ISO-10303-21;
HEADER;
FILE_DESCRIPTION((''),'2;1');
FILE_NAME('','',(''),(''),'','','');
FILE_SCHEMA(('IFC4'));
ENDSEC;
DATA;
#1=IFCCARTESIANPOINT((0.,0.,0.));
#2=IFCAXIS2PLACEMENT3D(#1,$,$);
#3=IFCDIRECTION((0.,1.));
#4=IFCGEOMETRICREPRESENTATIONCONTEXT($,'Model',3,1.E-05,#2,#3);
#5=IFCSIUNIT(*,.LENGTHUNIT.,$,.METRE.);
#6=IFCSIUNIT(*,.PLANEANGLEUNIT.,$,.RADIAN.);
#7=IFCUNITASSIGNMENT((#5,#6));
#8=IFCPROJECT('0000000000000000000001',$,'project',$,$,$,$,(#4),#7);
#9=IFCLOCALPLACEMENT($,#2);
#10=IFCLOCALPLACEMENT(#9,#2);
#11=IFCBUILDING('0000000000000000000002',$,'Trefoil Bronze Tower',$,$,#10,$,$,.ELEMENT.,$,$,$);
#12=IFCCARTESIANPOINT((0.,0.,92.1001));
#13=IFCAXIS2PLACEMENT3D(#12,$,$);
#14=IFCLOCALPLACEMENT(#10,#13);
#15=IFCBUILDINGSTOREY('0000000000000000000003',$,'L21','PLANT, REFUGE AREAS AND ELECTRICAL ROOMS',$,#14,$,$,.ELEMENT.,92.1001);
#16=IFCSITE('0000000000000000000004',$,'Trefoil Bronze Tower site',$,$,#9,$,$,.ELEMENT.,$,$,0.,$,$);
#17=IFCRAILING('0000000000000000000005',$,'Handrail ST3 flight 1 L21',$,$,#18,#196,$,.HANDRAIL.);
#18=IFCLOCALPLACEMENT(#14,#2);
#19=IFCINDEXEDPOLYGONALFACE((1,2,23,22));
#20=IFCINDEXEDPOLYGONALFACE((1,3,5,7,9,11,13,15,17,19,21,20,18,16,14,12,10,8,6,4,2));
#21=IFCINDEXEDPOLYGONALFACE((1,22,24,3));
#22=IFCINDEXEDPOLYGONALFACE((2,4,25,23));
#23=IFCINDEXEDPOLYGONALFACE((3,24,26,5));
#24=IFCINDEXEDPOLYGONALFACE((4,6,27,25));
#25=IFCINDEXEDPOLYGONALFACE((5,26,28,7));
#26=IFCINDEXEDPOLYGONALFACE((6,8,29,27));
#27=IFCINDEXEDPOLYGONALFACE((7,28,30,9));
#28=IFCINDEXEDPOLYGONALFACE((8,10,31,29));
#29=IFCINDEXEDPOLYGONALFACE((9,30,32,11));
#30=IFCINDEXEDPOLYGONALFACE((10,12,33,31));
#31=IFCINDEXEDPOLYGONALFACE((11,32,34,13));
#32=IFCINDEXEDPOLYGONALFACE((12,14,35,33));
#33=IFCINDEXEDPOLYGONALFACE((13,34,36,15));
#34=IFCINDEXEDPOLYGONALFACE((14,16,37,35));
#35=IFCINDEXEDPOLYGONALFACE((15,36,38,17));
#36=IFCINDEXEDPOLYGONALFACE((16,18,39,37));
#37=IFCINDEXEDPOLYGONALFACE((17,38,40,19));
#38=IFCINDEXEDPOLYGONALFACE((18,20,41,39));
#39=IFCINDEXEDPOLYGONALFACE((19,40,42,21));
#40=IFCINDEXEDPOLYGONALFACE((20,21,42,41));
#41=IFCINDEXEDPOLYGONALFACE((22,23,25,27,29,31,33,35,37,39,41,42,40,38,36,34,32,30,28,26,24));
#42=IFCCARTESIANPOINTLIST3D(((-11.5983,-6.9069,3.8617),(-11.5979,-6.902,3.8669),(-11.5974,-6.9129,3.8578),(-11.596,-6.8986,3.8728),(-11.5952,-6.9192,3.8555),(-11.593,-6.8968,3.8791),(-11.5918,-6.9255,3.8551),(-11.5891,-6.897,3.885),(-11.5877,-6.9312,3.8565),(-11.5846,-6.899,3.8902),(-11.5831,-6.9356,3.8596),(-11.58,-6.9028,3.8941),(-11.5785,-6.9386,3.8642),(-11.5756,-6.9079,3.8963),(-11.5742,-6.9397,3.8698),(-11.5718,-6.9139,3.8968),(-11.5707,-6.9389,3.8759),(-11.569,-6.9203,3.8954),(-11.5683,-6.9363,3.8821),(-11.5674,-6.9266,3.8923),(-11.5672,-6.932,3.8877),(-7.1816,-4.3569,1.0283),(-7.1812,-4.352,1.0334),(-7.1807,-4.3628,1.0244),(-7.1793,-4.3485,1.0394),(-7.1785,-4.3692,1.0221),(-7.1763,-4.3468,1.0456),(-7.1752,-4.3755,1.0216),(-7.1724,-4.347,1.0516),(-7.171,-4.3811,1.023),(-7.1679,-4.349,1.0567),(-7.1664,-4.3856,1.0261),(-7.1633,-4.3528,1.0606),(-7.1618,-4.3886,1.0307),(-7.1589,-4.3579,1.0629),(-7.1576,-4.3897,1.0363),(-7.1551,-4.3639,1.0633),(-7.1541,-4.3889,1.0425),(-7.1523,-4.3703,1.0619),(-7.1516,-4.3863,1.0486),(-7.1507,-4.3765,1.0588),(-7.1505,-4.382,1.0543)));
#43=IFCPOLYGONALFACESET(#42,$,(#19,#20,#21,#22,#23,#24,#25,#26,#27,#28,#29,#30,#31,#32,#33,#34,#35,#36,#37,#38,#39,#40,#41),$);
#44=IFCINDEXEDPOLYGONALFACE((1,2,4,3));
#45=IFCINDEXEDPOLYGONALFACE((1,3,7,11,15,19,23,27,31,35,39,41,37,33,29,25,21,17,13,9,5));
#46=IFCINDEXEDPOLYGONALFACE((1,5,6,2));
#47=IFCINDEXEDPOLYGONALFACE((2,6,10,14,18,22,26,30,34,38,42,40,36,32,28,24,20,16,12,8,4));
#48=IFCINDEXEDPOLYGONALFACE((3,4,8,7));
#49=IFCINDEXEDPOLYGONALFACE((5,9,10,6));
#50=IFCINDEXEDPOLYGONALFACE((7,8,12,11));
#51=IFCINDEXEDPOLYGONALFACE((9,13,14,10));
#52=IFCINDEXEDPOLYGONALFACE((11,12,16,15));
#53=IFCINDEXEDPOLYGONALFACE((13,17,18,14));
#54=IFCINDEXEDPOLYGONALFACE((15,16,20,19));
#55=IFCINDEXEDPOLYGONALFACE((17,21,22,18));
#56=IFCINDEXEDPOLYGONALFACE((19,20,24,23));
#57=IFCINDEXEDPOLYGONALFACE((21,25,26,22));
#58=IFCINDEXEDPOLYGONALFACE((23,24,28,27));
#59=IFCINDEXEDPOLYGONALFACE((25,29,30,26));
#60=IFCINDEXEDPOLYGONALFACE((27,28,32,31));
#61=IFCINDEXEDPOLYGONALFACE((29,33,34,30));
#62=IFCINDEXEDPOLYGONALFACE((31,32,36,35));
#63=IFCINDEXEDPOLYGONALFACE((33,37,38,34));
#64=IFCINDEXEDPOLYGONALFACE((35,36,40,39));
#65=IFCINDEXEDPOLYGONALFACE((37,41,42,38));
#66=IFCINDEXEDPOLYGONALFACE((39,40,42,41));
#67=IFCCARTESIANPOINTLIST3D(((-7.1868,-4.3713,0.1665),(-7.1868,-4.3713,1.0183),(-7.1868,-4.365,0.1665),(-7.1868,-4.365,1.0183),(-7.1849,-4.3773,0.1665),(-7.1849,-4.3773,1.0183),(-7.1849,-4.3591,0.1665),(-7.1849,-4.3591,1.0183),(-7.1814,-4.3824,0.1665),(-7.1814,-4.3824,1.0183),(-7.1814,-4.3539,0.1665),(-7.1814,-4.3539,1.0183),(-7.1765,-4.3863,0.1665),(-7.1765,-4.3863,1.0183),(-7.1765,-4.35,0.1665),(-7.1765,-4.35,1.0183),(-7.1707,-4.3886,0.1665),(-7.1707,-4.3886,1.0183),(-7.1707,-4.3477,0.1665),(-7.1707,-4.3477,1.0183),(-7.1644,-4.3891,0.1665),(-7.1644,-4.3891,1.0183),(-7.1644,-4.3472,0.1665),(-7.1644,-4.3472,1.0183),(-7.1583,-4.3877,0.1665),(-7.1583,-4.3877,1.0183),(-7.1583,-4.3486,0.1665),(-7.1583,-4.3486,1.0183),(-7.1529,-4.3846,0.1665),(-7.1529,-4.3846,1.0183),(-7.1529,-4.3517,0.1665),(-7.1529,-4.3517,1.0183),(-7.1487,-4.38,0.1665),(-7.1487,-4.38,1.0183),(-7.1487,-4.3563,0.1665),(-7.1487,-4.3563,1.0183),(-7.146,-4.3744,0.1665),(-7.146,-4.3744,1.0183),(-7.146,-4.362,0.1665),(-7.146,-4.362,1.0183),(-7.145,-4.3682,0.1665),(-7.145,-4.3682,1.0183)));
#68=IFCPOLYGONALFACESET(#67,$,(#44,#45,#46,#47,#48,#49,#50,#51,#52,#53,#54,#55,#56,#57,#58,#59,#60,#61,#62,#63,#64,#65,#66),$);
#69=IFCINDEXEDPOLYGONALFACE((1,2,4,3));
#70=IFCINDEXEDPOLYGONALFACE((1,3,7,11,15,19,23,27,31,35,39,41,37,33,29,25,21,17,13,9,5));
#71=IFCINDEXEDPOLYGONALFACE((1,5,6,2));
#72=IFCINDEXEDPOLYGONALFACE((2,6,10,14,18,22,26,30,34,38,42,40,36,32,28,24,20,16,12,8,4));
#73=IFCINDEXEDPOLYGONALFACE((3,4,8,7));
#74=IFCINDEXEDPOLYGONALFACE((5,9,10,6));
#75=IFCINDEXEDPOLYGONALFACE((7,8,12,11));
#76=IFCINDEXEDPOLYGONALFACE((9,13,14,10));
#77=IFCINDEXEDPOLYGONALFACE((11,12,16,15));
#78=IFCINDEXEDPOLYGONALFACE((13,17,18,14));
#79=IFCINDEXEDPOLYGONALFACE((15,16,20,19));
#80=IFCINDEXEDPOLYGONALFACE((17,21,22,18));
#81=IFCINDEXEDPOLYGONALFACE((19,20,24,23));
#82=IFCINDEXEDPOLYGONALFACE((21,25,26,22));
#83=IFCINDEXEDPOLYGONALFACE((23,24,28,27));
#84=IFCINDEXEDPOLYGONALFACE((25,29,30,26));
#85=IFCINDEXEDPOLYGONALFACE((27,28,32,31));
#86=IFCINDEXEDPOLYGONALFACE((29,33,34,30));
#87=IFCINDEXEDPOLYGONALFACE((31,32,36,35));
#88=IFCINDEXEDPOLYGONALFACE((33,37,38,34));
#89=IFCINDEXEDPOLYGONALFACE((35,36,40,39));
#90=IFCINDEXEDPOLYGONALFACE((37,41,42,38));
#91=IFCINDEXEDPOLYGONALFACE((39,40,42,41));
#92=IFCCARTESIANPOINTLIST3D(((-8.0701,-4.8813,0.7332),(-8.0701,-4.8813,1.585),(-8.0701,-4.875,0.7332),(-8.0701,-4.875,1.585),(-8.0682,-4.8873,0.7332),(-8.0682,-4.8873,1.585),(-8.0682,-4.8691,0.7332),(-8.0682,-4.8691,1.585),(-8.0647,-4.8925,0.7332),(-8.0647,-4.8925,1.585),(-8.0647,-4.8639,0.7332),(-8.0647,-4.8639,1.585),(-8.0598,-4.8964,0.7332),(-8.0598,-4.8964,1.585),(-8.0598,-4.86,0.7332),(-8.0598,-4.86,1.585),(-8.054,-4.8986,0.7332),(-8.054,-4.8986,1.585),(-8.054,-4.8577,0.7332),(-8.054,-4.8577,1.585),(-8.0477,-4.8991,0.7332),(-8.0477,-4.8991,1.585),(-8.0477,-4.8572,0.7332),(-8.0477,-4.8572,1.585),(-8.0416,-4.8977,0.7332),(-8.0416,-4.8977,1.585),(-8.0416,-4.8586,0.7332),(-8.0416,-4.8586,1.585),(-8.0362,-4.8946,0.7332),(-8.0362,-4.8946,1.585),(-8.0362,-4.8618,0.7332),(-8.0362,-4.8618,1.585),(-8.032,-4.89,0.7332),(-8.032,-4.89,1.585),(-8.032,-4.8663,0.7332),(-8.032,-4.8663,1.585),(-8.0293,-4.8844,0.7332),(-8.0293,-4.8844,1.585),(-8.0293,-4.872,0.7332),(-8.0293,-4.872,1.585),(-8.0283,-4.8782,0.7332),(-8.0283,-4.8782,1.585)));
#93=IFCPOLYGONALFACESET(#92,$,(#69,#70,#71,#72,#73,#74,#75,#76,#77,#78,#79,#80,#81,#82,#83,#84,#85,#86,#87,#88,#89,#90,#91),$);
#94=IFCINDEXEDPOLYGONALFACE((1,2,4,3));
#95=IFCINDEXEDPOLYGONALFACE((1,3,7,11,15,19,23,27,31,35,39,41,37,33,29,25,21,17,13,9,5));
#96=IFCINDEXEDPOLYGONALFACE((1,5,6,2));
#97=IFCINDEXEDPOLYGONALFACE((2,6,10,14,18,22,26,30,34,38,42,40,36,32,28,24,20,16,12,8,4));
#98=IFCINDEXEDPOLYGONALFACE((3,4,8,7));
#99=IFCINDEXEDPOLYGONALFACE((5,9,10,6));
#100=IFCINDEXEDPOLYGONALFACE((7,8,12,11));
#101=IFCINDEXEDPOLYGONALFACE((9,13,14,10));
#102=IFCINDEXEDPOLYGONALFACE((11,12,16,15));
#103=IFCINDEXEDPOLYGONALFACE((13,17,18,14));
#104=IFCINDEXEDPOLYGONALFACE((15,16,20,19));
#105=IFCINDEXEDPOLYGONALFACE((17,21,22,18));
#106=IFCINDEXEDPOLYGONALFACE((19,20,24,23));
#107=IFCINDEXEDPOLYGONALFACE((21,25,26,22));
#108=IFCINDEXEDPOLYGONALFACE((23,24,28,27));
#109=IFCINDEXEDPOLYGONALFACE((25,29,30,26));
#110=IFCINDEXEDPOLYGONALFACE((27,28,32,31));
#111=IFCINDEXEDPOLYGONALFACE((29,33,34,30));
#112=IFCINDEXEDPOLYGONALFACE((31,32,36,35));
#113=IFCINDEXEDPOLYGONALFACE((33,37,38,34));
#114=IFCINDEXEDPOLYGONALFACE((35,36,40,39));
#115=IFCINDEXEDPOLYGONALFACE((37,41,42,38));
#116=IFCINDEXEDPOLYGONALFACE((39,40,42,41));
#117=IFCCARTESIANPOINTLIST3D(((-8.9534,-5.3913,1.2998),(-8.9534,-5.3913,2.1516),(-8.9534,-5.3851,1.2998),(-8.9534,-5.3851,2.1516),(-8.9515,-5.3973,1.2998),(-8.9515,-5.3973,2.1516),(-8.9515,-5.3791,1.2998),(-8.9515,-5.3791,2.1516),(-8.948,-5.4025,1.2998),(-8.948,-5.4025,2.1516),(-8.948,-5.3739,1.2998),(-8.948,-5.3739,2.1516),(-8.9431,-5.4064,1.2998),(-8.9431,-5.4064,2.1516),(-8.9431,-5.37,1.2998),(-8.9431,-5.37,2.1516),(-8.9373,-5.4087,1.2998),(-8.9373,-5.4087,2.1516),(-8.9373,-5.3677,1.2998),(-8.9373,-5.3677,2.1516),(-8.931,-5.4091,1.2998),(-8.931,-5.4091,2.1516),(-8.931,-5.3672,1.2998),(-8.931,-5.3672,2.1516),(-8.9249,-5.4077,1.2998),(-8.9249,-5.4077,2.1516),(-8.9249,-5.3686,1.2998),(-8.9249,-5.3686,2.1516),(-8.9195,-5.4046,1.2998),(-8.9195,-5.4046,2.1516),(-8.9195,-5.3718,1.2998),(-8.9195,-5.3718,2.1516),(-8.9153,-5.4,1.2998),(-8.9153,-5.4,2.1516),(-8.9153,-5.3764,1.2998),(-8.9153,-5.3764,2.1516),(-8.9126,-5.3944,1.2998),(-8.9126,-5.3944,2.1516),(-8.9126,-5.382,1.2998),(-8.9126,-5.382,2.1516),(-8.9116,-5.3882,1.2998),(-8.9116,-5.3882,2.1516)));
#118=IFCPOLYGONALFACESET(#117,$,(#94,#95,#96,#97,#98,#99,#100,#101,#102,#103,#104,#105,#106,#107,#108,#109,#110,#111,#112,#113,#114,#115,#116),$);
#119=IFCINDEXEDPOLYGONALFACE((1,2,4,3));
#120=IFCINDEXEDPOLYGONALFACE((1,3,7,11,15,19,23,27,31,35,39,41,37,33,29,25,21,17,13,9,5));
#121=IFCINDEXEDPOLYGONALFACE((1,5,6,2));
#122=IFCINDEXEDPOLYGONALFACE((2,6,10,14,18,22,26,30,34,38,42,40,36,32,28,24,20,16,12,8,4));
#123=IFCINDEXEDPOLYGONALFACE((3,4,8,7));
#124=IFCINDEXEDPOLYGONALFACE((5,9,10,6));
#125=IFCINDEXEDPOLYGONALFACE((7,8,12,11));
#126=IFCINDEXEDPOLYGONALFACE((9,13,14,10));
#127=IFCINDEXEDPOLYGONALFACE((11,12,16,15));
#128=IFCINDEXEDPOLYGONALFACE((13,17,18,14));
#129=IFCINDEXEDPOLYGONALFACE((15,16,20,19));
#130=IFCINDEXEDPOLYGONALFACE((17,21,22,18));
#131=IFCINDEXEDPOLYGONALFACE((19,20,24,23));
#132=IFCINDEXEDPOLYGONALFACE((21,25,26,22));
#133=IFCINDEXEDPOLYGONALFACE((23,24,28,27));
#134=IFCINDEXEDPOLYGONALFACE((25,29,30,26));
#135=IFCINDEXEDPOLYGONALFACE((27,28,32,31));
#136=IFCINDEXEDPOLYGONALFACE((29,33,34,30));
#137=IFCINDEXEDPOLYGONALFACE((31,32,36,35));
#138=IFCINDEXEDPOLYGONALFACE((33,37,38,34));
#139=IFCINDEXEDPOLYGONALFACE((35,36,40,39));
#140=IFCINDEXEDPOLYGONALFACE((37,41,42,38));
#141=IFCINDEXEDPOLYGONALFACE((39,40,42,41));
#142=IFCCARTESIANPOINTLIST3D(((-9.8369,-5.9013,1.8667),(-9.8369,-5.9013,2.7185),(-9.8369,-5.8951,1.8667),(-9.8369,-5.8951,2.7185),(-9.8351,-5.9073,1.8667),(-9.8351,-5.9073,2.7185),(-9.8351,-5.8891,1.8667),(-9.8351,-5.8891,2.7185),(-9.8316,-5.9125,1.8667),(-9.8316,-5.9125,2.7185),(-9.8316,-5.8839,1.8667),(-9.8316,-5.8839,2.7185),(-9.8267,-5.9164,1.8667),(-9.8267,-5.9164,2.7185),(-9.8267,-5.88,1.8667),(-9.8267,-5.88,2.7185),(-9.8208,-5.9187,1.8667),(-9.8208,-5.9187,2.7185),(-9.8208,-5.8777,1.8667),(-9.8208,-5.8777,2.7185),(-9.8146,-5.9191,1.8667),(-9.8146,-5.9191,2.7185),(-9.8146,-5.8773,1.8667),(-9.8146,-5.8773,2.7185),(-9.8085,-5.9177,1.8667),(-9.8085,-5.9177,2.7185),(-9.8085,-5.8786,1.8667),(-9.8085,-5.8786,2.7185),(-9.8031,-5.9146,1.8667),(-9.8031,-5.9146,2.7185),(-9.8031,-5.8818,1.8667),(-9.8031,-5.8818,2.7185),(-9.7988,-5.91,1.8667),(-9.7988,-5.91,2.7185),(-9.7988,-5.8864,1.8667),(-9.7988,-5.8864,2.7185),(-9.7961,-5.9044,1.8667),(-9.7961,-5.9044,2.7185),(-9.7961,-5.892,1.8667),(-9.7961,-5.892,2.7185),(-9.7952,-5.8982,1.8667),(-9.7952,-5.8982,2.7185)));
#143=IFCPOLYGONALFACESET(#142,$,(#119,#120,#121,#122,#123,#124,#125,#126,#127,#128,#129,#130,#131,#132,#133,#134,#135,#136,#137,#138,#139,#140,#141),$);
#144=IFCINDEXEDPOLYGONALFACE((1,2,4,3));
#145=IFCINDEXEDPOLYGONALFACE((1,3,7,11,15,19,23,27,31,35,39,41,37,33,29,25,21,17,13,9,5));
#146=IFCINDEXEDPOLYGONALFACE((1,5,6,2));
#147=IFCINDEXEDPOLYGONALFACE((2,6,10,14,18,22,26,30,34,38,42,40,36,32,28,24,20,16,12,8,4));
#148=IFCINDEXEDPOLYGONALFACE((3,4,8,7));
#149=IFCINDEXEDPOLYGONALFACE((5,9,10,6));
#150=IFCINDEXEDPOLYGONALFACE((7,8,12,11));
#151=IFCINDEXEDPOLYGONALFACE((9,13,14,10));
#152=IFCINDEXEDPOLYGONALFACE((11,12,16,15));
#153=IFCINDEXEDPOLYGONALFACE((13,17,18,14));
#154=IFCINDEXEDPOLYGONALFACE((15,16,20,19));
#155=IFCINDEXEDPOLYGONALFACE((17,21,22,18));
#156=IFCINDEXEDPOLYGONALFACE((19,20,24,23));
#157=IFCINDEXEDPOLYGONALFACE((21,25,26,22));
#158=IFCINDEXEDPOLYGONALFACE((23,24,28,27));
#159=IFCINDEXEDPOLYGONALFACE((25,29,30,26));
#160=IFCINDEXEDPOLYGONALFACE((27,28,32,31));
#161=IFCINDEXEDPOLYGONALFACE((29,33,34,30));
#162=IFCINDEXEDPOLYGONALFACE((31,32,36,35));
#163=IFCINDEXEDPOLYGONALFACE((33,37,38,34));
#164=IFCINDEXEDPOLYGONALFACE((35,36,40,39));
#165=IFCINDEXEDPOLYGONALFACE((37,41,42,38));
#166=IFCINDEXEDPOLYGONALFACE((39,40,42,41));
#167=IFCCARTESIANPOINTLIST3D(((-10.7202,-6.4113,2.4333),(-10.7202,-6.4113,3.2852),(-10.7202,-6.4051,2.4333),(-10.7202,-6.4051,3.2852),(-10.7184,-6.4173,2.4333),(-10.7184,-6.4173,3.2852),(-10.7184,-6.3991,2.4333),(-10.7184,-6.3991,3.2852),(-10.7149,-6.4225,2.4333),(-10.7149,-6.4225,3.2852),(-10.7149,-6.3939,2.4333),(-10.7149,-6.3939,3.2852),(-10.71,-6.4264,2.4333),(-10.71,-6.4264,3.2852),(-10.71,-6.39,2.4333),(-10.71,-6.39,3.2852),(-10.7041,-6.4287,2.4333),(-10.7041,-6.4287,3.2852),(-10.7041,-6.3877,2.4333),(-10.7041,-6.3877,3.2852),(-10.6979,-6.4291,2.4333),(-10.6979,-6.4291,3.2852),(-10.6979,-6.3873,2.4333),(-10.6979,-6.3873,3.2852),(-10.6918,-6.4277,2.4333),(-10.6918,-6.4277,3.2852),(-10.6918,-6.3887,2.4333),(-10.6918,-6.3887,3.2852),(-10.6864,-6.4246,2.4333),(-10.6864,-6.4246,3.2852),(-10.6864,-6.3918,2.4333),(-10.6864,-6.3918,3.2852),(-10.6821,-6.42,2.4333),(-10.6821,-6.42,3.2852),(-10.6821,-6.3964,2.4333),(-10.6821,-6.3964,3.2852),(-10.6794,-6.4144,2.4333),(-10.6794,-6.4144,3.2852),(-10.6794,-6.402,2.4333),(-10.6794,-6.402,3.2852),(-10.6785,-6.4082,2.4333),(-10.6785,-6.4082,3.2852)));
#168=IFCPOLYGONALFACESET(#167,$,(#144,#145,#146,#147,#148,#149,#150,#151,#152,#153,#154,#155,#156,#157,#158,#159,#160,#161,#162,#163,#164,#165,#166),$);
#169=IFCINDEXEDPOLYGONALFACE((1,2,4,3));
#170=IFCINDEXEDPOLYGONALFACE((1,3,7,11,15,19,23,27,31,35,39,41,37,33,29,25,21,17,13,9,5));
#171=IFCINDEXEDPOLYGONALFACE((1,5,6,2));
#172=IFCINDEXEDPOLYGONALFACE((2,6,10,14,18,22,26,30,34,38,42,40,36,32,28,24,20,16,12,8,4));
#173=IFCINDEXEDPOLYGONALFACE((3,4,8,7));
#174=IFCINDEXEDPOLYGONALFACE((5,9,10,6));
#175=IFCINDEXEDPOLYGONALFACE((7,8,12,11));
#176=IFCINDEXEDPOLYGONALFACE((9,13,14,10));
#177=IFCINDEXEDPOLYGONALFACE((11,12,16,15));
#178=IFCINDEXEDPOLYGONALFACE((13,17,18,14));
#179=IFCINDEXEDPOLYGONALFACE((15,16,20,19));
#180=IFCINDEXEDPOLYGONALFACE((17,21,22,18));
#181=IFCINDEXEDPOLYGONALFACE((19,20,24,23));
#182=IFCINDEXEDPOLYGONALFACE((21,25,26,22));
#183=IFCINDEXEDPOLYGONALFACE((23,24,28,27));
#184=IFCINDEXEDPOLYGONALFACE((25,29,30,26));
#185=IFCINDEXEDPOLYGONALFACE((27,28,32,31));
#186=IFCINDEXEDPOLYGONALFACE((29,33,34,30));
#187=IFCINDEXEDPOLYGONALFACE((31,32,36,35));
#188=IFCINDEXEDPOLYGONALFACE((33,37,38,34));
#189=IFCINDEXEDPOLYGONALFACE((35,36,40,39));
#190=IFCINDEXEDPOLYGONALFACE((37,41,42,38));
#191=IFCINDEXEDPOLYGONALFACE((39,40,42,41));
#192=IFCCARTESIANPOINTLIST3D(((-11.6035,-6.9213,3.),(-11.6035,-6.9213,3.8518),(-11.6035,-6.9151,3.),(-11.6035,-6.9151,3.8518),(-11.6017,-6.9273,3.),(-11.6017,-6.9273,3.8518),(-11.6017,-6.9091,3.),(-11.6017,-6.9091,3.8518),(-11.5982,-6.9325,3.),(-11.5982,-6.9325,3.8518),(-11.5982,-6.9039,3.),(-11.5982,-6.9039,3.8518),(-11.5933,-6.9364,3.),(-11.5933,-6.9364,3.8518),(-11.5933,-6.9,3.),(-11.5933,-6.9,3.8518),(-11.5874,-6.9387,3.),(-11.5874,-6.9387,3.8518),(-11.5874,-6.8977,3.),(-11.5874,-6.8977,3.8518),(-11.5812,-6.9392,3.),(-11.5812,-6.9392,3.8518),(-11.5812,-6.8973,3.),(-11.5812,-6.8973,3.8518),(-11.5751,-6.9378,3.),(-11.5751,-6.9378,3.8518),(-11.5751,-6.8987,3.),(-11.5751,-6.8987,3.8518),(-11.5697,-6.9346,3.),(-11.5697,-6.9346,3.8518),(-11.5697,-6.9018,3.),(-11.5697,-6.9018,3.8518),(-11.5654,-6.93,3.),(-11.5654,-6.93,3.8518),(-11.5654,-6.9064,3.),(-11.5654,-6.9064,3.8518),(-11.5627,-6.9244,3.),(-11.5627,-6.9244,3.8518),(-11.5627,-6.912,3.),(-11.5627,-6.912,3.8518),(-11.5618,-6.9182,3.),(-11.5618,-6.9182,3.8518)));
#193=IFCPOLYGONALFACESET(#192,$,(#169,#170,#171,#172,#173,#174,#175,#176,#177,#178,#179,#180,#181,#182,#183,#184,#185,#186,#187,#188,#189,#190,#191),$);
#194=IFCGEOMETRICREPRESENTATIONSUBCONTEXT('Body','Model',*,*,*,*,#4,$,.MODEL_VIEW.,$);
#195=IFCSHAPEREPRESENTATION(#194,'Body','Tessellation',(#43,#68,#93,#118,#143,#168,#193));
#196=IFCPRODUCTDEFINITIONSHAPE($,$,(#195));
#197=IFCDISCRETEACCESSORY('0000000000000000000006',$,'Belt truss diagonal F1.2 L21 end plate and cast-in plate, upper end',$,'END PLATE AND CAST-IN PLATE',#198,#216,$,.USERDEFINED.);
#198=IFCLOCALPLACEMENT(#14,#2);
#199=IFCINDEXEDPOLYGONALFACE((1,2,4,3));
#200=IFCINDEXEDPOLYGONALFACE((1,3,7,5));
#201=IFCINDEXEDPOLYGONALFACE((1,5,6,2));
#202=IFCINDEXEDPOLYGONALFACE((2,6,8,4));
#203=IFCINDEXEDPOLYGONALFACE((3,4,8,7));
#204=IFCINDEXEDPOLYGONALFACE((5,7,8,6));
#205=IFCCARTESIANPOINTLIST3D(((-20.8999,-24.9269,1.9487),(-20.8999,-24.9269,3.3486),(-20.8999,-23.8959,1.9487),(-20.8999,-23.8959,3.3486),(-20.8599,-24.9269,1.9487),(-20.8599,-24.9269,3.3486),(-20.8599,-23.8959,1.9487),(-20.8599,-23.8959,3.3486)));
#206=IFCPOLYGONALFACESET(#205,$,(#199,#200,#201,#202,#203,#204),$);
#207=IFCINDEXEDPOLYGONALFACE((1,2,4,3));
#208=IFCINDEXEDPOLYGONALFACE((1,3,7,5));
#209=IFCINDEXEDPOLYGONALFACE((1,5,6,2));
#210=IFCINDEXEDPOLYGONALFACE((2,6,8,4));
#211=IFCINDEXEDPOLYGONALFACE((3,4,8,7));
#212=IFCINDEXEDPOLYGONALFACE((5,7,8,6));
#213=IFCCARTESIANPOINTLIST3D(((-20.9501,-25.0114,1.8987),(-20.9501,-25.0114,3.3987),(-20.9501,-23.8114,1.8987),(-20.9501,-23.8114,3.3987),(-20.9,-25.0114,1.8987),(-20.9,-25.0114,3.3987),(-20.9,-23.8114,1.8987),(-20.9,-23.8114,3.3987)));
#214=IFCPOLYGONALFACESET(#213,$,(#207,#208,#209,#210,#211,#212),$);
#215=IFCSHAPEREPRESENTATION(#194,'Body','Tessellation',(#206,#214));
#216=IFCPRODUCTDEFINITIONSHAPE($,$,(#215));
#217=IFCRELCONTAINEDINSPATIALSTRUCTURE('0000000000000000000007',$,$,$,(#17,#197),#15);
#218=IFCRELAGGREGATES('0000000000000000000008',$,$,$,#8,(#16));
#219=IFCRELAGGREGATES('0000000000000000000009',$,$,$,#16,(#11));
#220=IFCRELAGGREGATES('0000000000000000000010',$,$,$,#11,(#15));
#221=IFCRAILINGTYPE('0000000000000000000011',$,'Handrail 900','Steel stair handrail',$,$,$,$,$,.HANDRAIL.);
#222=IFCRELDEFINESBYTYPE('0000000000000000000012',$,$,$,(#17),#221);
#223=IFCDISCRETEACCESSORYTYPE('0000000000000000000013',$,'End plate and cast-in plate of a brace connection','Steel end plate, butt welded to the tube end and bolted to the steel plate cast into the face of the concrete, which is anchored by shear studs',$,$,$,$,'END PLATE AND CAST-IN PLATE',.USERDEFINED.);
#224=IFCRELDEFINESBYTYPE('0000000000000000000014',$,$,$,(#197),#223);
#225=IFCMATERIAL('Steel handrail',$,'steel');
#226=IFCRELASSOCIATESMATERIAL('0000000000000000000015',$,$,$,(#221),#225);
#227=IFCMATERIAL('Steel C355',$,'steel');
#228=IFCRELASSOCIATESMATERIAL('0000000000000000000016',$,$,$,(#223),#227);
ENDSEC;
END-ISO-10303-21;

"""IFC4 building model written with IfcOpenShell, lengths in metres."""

from ifc_helpers import new_model, si_unit, direction, frame, origin, origin_2d, place, context, subcontext, project, spatial, rectangle, circle, extrude, material, type_object, element, save


model = new_model("IFC4")

# Units and contexts
model_context = context("Model", 3, precision=1e-05, world=origin(), true_north=direction((0.0, 1.0)))
body_context = subcontext(model_context, "Body", "Model", "MODEL_VIEW")
ifc_project = project(units=[si_unit("LENGTHUNIT", "METRE"), si_unit("PLANEANGLEUNIT", "RADIAN")], contexts=[model_context])

# Site, building, storey
site_placement = place(None, origin())
site = spatial("IfcSite", under=ifc_project, at=site_placement, Name="Trefoil Bronze Tower site", CompositionType="ELEMENT", RefElevation=0.0)
building_placement = place(site_placement, origin())
building = spatial("IfcBuilding", under=site, at=building_placement, Name="Trefoil Bronze Tower", CompositionType="ELEMENT")
storey_placement = place(building_placement, frame((0.0, 0.0, 92.1001)))
storey = spatial("IfcBuildingStorey", under=building, at=storey_placement, Name="L21", Description="PLANT, REFUGE AREAS AND ELECTRICAL ROOMS", CompositionType="ELEMENT", Elevation=92.1001)

# Railing
ifc_material_1 = material(Name="Steel handrail", Category="steel")
railing_type = type_object("IfcRailingType", Name="Handrail 900", Description="Steel stair handrail", PredefinedType="HANDRAIL", material=ifc_material_1)
railing_1_placement = place(storey_placement, frame((-7.166, -4.3682, 0.1665)))
element("IfcRailing", 1, at=railing_1_placement, inside=storey, type_object=railing_type, Name="Handrail ST3 flight 1 L21", PredefinedType="HANDRAIL", context=body_context, shape_type="SweptSolid", body=[
    extrude(circle(Radius=0.0239, at=origin_2d()), frame((0.0, 0.0, 0.876), z_axis=(-0.757031, -0.437078, 0.485661), x_axis=(0.500006, -0.866022, 0.0)), (0.0, 0.0, 1.0), 5.8342),
    extrude(circle(Radius=0.021, at=origin_2d()), origin(), (0.0, 0.0, 1.0), 0.8518),
    extrude(circle(Radius=0.021, at=origin_2d()), frame((-0.8833, -0.51, 0.5667)), (0.0, 0.0, 1.0), 0.8518),
    extrude(circle(Radius=0.021, at=origin_2d()), frame((-1.7666, -1.02, 1.1333)), (0.0, 0.0, 1.0), 0.8518),
    extrude(circle(Radius=0.021, at=origin_2d()), frame((-2.6501, -1.53, 1.7002)), (0.0, 0.0, 1.0), 0.8518),
    extrude(circle(Radius=0.021, at=origin_2d()), frame((-3.5334, -2.04, 2.2668)), (0.0, 0.0, 1.0), 0.8518),
    extrude(circle(Radius=0.021, at=origin_2d()), frame((-4.4167, -2.55, 2.8335)), (0.0, 0.0, 1.0), 0.8518),
])

# Discrete accessory
ifc_material_2 = material(Name="Steel C355", Category="steel")
discrete_accessory_type = type_object("IfcDiscreteAccessoryType", Name="End plate and cast-in plate of a brace connection", Description="Steel end plate, butt welded to the tube end and bolted to the steel plate cast into the face of the concrete, which is anchored by shear studs", ElementType="END PLATE AND CAST-IN PLATE", PredefinedType="USERDEFINED", material=ifc_material_2)
discrete_accessory_1_placement = place(storey_placement, frame((-20.8999, -24.4114, 2.6487), z_axis=(0.0, 0.0, 1.0), x_axis=(1.0, 0.0, 0.0)))
element("IfcDiscreteAccessory", 2, at=discrete_accessory_1_placement, inside=storey, type_object=discrete_accessory_type, Name="Belt truss diagonal F1.2 L21 end plate and cast-in plate, upper end", ObjectType="END PLATE AND CAST-IN PLATE", PredefinedType="USERDEFINED", context=body_context, shape_type="SweptSolid", body=[
    extrude(rectangle(XDim=0.04, YDim=1.031, at=origin_2d()), frame((0.02, 0.0, -0.7)), (0.0, 0.0, 1.0), 1.3999),
    extrude(rectangle(XDim=0.05, YDim=1.2, at=origin_2d()), frame((-0.0251, 0.0, -0.75)), (0.0, 0.0, 1.0), 1.5),
])

save(model, "model.ifc")
